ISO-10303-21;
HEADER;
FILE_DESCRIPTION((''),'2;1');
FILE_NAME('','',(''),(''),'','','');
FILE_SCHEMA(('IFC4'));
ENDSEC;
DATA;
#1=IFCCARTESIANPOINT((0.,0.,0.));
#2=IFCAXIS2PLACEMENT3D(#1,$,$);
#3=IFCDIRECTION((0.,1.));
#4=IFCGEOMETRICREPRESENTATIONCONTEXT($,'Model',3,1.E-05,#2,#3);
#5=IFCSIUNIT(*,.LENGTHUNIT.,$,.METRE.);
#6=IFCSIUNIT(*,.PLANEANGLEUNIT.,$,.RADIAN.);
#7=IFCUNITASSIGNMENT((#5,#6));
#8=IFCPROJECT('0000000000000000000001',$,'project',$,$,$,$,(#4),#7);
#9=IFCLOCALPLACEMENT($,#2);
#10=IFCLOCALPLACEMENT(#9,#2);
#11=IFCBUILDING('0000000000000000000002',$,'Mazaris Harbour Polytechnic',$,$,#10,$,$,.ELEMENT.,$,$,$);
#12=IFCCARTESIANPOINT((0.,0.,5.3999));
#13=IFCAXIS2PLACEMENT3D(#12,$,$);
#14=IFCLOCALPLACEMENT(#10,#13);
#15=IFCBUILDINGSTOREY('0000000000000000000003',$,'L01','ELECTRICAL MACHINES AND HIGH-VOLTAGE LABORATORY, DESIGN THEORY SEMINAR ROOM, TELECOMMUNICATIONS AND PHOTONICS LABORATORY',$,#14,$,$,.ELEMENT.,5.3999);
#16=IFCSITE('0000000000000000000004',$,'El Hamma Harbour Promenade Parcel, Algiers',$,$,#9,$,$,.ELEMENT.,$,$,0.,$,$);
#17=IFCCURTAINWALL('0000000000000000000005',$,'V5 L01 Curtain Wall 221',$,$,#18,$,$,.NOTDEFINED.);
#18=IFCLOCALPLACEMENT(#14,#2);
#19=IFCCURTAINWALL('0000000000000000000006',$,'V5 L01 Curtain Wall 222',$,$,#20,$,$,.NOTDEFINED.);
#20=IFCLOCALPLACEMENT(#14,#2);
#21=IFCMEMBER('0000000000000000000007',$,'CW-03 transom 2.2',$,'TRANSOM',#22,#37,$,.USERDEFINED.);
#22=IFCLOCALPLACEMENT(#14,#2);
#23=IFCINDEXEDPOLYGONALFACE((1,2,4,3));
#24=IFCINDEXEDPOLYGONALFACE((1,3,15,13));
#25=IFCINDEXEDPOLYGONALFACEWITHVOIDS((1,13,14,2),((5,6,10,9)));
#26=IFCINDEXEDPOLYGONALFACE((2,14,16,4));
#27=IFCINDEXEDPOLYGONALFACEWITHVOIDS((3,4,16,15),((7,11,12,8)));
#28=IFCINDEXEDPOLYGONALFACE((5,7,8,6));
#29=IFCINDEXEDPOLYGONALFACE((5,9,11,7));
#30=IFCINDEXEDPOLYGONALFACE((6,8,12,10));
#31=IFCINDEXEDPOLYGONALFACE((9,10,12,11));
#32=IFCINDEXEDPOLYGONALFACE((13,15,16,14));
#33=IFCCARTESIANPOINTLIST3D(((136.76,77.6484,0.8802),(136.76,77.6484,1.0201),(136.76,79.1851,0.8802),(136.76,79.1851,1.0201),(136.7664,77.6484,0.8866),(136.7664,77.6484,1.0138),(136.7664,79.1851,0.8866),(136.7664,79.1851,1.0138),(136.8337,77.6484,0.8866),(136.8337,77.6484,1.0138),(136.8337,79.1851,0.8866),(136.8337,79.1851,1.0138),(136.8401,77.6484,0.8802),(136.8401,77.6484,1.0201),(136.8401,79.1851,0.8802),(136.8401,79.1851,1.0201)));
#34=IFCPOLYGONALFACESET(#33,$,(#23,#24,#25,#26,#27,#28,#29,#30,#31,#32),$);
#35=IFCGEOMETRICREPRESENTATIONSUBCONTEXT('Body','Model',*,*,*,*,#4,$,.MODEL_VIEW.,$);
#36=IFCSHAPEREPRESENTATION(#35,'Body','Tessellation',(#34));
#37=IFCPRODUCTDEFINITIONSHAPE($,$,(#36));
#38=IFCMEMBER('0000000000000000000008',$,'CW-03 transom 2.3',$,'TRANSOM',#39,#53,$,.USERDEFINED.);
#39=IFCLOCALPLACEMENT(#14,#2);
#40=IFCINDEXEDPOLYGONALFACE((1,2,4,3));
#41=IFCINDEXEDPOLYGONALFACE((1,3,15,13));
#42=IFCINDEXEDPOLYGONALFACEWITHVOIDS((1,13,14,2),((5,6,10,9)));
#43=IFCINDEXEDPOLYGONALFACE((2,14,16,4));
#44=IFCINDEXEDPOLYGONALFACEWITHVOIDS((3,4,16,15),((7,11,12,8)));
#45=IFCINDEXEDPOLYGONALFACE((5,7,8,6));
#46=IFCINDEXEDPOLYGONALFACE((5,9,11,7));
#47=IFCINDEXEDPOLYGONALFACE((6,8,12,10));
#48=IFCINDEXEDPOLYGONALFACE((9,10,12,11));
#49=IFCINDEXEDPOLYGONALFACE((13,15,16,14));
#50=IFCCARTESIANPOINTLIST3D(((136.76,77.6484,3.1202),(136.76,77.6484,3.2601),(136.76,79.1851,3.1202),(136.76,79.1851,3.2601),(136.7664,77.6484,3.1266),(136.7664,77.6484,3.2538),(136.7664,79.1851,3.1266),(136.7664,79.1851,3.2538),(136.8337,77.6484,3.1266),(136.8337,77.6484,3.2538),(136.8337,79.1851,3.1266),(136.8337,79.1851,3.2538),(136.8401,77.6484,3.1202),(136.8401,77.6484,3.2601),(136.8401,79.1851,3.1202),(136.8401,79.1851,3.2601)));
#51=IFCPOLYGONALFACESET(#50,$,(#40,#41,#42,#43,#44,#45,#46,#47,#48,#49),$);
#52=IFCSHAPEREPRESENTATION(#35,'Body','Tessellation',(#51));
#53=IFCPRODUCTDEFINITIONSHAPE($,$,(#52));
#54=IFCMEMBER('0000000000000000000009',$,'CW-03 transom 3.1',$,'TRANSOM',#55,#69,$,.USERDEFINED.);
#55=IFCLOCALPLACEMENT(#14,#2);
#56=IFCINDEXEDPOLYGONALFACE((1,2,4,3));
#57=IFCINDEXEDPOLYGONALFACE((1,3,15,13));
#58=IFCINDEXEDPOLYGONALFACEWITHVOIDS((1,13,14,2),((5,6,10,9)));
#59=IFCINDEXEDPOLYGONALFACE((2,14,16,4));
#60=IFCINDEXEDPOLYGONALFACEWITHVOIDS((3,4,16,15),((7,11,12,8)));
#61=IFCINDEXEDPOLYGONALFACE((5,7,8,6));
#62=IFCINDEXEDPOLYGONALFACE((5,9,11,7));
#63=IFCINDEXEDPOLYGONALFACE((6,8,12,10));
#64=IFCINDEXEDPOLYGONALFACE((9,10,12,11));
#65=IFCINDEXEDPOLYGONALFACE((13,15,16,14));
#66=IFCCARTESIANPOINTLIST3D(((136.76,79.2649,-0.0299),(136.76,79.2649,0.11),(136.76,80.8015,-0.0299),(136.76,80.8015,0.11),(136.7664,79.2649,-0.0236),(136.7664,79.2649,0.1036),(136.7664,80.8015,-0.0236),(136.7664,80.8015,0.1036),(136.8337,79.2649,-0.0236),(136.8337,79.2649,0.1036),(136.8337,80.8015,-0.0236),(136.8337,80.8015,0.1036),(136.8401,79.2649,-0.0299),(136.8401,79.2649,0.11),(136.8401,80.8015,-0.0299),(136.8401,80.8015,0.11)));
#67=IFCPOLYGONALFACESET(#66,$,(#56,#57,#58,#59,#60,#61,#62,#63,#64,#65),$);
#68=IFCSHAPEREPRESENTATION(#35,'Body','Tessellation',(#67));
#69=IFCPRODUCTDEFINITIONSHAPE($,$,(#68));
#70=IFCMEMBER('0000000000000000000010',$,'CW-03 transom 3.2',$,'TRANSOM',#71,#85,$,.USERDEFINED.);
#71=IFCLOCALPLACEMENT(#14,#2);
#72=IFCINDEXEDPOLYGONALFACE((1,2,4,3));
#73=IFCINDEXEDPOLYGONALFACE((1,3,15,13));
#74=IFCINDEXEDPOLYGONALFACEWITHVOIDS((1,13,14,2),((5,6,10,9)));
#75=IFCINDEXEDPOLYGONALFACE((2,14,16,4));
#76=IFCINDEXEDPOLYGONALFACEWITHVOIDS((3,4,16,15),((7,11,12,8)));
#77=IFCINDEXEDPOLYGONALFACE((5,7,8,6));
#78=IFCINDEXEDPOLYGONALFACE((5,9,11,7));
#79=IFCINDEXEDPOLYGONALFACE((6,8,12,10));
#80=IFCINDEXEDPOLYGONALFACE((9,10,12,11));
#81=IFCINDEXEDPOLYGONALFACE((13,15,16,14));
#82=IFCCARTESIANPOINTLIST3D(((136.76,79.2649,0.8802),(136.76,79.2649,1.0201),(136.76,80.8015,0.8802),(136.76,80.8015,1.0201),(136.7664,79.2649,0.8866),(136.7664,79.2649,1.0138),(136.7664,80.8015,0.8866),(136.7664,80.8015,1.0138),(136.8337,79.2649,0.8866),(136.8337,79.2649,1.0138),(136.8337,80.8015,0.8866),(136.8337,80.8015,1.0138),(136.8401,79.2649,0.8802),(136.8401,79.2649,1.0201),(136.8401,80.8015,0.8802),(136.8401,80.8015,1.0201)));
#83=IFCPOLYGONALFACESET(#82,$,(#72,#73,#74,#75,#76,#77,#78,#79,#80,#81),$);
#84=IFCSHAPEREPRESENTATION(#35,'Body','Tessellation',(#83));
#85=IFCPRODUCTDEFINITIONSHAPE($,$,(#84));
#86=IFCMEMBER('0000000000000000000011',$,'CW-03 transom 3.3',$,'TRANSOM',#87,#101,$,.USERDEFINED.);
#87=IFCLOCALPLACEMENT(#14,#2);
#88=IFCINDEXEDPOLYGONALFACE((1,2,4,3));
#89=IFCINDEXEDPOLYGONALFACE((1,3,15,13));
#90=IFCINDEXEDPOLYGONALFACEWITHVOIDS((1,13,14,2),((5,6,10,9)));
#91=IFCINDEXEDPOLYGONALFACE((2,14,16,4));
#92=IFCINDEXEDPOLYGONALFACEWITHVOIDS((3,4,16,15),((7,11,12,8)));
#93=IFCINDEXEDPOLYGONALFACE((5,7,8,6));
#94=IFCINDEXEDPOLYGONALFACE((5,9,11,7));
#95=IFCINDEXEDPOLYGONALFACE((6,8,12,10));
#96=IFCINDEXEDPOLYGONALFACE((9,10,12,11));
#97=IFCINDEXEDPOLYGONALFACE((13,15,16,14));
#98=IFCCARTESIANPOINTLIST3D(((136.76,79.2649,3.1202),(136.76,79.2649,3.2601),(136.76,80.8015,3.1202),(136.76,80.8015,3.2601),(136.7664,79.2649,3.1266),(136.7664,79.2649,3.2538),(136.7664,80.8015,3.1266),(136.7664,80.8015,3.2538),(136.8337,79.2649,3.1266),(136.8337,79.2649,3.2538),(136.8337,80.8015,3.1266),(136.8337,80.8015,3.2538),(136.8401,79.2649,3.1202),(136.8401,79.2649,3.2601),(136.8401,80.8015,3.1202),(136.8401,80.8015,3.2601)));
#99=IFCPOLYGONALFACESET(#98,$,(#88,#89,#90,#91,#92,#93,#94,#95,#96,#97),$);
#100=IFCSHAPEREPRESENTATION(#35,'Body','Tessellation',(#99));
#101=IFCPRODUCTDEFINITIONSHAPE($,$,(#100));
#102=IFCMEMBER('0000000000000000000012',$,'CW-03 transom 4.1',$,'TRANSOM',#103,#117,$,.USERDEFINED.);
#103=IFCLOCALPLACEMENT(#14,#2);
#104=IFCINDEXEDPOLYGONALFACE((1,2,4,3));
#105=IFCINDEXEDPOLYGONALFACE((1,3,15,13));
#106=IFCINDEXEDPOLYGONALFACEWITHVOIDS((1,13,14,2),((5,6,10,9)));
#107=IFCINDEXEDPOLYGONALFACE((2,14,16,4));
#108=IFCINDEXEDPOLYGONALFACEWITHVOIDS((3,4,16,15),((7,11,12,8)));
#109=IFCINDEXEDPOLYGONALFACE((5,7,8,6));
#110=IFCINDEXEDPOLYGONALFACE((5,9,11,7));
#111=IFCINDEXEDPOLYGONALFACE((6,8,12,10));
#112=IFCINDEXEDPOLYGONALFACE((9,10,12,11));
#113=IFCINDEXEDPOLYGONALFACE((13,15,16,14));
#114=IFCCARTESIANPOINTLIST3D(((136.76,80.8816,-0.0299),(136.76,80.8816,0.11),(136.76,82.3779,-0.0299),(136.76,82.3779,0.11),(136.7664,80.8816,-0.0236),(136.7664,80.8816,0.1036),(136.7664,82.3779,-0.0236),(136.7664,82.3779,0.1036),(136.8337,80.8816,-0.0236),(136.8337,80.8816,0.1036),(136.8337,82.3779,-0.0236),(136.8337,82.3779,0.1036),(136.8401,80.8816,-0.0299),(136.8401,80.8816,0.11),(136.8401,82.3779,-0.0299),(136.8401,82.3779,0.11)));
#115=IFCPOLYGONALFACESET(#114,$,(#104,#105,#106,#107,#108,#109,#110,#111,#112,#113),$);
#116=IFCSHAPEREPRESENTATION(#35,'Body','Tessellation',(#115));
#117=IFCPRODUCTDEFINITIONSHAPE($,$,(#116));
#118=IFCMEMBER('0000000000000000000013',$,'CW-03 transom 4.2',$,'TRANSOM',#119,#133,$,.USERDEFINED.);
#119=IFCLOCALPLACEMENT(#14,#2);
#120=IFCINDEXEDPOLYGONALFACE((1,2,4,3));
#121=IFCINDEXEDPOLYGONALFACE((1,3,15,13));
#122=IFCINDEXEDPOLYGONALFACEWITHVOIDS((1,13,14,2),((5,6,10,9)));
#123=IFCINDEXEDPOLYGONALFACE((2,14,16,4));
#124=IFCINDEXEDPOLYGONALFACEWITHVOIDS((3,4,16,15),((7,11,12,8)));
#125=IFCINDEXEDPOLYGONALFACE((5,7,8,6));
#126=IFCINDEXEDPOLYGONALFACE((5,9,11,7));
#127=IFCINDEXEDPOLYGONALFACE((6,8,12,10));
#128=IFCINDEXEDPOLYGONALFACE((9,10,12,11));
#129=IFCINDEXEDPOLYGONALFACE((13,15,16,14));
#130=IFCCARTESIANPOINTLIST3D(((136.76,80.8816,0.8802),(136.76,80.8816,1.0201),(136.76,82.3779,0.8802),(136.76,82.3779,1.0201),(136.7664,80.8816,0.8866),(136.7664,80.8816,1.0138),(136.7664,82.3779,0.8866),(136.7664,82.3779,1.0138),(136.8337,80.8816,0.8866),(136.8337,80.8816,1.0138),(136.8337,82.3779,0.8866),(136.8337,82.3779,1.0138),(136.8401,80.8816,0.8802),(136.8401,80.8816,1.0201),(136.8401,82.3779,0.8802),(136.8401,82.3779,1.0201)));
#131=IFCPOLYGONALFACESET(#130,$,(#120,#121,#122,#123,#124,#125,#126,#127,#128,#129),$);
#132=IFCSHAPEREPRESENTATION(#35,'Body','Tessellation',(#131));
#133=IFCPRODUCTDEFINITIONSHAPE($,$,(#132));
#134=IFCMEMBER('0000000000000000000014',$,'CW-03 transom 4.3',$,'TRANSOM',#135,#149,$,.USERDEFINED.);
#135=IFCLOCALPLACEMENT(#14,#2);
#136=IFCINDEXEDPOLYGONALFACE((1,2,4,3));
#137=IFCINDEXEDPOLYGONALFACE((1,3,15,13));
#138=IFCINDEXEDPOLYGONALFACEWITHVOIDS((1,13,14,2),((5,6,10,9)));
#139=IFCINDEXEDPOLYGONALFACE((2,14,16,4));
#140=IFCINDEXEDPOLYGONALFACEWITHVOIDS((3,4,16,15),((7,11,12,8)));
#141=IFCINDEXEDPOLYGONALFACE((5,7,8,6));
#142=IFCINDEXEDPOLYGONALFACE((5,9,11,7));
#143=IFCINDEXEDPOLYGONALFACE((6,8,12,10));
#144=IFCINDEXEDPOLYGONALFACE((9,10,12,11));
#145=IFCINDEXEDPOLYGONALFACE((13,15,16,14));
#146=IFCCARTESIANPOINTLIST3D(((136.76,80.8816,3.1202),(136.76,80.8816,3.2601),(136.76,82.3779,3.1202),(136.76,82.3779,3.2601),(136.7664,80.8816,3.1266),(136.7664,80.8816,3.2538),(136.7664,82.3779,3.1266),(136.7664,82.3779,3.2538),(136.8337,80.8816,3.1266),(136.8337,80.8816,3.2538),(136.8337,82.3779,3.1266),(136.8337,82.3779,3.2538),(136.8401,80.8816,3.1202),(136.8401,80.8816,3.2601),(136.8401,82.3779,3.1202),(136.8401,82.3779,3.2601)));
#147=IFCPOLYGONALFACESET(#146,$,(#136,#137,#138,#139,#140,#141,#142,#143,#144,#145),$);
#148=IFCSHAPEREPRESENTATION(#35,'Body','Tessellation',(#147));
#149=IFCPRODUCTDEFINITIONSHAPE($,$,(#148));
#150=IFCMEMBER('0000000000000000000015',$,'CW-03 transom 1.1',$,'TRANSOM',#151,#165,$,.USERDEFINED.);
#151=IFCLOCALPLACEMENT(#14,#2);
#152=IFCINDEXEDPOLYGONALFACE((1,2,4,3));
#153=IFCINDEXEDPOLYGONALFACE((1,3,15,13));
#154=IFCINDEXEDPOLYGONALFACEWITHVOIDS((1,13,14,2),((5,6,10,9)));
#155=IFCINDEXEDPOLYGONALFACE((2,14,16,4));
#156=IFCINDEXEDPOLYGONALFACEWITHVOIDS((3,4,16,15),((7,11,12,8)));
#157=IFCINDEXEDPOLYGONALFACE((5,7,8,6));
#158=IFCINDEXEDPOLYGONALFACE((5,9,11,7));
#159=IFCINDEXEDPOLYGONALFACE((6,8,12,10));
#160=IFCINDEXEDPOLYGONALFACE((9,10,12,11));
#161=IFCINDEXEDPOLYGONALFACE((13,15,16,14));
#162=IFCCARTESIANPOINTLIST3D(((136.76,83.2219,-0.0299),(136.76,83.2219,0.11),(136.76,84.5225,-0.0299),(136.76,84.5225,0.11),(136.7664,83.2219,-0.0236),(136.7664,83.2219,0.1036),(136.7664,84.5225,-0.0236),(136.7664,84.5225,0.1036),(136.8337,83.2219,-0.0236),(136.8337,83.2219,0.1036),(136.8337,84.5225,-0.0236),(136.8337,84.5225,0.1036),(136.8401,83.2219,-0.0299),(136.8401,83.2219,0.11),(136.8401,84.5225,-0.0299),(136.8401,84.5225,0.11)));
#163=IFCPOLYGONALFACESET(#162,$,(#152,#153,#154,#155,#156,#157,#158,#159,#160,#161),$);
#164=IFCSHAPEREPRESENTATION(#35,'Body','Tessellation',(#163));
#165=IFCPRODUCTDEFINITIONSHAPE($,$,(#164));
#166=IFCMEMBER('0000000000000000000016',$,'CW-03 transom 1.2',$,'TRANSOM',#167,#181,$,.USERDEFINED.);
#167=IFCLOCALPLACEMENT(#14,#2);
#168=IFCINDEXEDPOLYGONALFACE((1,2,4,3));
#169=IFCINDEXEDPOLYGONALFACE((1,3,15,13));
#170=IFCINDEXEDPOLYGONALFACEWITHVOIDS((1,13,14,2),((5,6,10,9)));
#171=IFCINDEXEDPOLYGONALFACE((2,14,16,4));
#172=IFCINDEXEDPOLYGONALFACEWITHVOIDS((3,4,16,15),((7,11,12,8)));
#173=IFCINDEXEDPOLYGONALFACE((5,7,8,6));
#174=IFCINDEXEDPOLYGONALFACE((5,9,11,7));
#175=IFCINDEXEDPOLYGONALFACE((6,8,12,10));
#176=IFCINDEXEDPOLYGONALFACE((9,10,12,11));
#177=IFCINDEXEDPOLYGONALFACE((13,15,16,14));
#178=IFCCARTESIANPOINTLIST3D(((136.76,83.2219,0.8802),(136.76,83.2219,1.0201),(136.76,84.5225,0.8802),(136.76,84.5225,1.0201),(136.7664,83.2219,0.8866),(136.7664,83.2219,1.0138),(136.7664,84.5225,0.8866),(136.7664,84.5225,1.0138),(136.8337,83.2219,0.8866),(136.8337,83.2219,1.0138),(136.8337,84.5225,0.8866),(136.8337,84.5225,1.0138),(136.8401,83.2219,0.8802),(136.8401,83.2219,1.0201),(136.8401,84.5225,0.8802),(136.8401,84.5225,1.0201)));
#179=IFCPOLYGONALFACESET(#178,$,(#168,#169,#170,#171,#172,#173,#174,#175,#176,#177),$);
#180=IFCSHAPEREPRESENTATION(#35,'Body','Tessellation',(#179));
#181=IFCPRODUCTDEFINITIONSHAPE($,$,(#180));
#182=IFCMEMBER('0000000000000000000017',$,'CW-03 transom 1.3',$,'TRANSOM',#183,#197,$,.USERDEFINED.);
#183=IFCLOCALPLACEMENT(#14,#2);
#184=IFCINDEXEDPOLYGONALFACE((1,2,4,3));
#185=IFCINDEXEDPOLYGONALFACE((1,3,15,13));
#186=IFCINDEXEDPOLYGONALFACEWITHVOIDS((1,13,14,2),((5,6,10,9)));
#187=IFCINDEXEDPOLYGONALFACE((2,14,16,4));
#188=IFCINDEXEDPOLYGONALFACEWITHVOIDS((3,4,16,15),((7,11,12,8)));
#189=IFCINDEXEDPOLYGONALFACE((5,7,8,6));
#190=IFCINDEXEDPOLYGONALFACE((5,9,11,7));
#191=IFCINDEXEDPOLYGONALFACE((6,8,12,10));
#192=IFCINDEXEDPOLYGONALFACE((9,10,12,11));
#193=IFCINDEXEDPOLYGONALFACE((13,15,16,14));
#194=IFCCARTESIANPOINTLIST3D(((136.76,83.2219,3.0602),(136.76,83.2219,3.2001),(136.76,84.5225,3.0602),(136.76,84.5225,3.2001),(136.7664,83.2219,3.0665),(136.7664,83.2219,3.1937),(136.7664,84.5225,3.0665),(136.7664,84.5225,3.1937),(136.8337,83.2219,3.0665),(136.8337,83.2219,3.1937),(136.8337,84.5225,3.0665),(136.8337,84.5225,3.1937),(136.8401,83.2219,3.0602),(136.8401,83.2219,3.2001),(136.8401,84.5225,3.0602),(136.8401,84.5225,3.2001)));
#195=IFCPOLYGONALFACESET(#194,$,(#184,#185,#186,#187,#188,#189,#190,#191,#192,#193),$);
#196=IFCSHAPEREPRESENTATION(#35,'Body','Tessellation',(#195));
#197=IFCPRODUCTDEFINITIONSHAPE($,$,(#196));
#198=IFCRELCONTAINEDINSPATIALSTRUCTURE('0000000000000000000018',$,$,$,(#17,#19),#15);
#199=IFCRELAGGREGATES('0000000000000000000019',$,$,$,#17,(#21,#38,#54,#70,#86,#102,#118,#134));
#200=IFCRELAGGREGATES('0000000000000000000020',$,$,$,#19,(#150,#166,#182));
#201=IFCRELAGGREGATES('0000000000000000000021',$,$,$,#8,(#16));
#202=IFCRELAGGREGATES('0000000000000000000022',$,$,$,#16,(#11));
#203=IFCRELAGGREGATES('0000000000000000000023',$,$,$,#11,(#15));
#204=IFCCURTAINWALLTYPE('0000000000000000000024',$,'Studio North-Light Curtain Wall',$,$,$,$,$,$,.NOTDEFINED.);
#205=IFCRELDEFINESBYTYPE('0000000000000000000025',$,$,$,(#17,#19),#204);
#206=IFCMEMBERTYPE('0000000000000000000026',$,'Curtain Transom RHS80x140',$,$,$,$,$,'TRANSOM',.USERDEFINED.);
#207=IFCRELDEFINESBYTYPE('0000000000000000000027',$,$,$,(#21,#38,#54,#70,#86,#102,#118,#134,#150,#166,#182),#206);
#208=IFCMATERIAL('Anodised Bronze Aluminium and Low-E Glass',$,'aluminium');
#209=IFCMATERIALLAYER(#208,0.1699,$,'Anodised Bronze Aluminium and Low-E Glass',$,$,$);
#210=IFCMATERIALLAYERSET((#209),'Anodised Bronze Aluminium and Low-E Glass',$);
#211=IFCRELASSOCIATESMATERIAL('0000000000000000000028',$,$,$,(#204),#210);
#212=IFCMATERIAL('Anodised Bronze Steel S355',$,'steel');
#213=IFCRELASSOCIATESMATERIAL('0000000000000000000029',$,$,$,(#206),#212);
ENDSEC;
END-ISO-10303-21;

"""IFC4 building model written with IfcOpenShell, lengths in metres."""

from ifc_helpers import new_model, si_unit, direction, frame, origin, origin_2d, place, context, subcontext, project, spatial, hollow_rectangle, extrude, material, layer, layer_set, material_profile, profile_set, type_object, element, aggregate, save


model = new_model("IFC4")

# Units and contexts
model_context = context("Model", 3, precision=1e-05, world=origin(), true_north=direction((0.0, 1.0)))
body_context = subcontext(model_context, "Body", "Model", "MODEL_VIEW")
ifc_project = project(units=[si_unit("LENGTHUNIT", "METRE"), si_unit("PLANEANGLEUNIT", "RADIAN")], contexts=[model_context])

# Site, building, storey
site_placement = place(None, origin())
site = spatial("IfcSite", under=ifc_project, at=site_placement, Name="El Hamma Harbour Promenade Parcel, Algiers", CompositionType="ELEMENT", RefElevation=0.0)
building_placement = place(site_placement, origin())
building = spatial("IfcBuilding", under=site, at=building_placement, Name="Mazaris Harbour Polytechnic", CompositionType="ELEMENT")
storey_placement = place(building_placement, frame((0.0, 0.0, 5.3999)))
storey = spatial("IfcBuildingStorey", under=building, at=storey_placement, Name="L01", Description="ELECTRICAL MACHINES AND HIGH-VOLTAGE LABORATORY, DESIGN THEORY SEMINAR ROOM, TELECOMMUNICATIONS AND PHOTONICS LABORATORY", CompositionType="ELEMENT", Elevation=5.3999)

# Curtain walls
ifc_material_1 = material(Name="Anodised Bronze Aluminium and Low-E Glass", Category="aluminium")
ifc_layer_1 = layer(ifc_material_1, 0.1699, Name="Anodised Bronze Aluminium and Low-E Glass")
ifc_layer_set_1 = layer_set([ifc_layer_1], Name="Anodised Bronze Aluminium and Low-E Glass")
curtain_wall_type = type_object("IfcCurtainWallType", Name="Studio North-Light Curtain Wall", PredefinedType="NOTDEFINED", material=ifc_layer_set_1)
curtain_wall_1_placement = place(storey_placement, origin())
curtain_wall_1 = element("IfcCurtainWall", 1, at=curtain_wall_1_placement, inside=storey, type_object=curtain_wall_type, Name="V5 L01 Curtain Wall 221", PredefinedType="NOTDEFINED")
curtain_wall_2_placement = place(storey_placement, origin())
curtain_wall_2 = element("IfcCurtainWall", 2, at=curtain_wall_2_placement, inside=storey, type_object=curtain_wall_type, Name="V5 L01 Curtain Wall 222", PredefinedType="NOTDEFINED")

# Members
ifc_material_2 = material(Name="Anodised Bronze Steel S355", Category="steel")
ifc_material_profile_1 = material_profile(ifc_material_2, hollow_rectangle(XDim=0.0801, YDim=0.1399, WallThickness=0.0063, at=origin_2d()), Name="RHS 80x140x6.3")
ifc_profile_set_1 = profile_set([ifc_material_profile_1], Name="Anodised Bronze Steel S355")
member_type_1 = type_object("IfcMemberType", Name="Curtain Transom RHS80x140", ElementType="TRANSOM", PredefinedType="USERDEFINED", material=ifc_profile_set_1)
member_1_placement = place(storey_placement, frame((136.8, 77.6484, 0.9502), z_axis=(0.0, 1.0, 0.0), x_axis=(-1.0, 0.0, 0.0)))
member_1 = element("IfcMember", 3, at=member_1_placement, type_object=member_type_1, Name="CW-03 transom 2.2", ObjectType="TRANSOM", PredefinedType="USERDEFINED", context=body_context, shape_type="SweptSolid", body=[
    extrude(hollow_rectangle(XDim=0.0801, YDim=0.1399, WallThickness=0.0063, at=origin_2d()), origin(), (0.0, 0.0, 1.0), 1.5366),
])
member_2_placement = place(storey_placement, frame((136.8, 77.6484, 3.1902), z_axis=(0.0, 1.0, 0.0), x_axis=(-1.0, 0.0, 0.0)))
member_2 = element("IfcMember", 4, at=member_2_placement, type_object=member_type_1, Name="CW-03 transom 2.3", ObjectType="TRANSOM", PredefinedType="USERDEFINED", context=body_context, shape_type="SweptSolid", body=[
    extrude(hollow_rectangle(XDim=0.0801, YDim=0.1399, WallThickness=0.0063, at=origin_2d()), origin(), (0.0, 0.0, 1.0), 1.5366),
])
member_3_placement = place(storey_placement, frame((136.8, 79.2649, 0.04), z_axis=(0.0, 1.0, 0.0), x_axis=(-1.0, 0.0, 0.0)))
member_3 = element("IfcMember", 5, at=member_3_placement, type_object=member_type_1, Name="CW-03 transom 3.1", ObjectType="TRANSOM", PredefinedType="USERDEFINED", context=body_context, shape_type="SweptSolid", body=[
    extrude(hollow_rectangle(XDim=0.0801, YDim=0.1399, WallThickness=0.0063, at=origin_2d()), origin(), (0.0, 0.0, 1.0), 1.5366),
])
member_4_placement = place(storey_placement, frame((136.8, 79.2649, 0.9502), z_axis=(0.0, 1.0, 0.0), x_axis=(-1.0, 0.0, 0.0)))
member_4 = element("IfcMember", 6, at=member_4_placement, type_object=member_type_1, Name="CW-03 transom 3.2", ObjectType="TRANSOM", PredefinedType="USERDEFINED", context=body_context, shape_type="SweptSolid", body=[
    extrude(hollow_rectangle(XDim=0.0801, YDim=0.1399, WallThickness=0.0063, at=origin_2d()), origin(), (0.0, 0.0, 1.0), 1.5366),
])
member_5_placement = place(storey_placement, frame((136.8, 79.2649, 3.1902), z_axis=(0.0, 1.0, 0.0), x_axis=(-1.0, 0.0, 0.0)))
member_5 = element("IfcMember", 7, at=member_5_placement, type_object=member_type_1, Name="CW-03 transom 3.3", ObjectType="TRANSOM", PredefinedType="USERDEFINED", context=body_context, shape_type="SweptSolid", body=[
    extrude(hollow_rectangle(XDim=0.0801, YDim=0.1399, WallThickness=0.0063, at=origin_2d()), origin(), (0.0, 0.0, 1.0), 1.5366),
])
member_6_placement = place(storey_placement, frame((136.8, 80.8816, 0.04), z_axis=(0.0, 1.0, 0.0), x_axis=(-1.0, 0.0, 0.0)))
member_6 = element("IfcMember", 8, at=member_6_placement, type_object=member_type_1, Name="CW-03 transom 4.1", ObjectType="TRANSOM", PredefinedType="USERDEFINED", context=body_context, shape_type="SweptSolid", body=[
    extrude(hollow_rectangle(XDim=0.0801, YDim=0.1399, WallThickness=0.0063, at=origin_2d()), origin(), (0.0, 0.0, 1.0), 1.4963),
])
member_7_placement = place(storey_placement, frame((136.8, 80.8816, 0.9502), z_axis=(0.0, 1.0, 0.0), x_axis=(-1.0, 0.0, 0.0)))
member_7 = element("IfcMember", 9, at=member_7_placement, type_object=member_type_1, Name="CW-03 transom 4.2", ObjectType="TRANSOM", PredefinedType="USERDEFINED", context=body_context, shape_type="SweptSolid", body=[
    extrude(hollow_rectangle(XDim=0.0801, YDim=0.1399, WallThickness=0.0063, at=origin_2d()), origin(), (0.0, 0.0, 1.0), 1.4963),
])
member_8_placement = place(storey_placement, frame((136.8, 80.8816, 3.1902), z_axis=(0.0, 1.0, 0.0), x_axis=(-1.0, 0.0, 0.0)))
member_8 = element("IfcMember", 10, at=member_8_placement, type_object=member_type_1, Name="CW-03 transom 4.3", ObjectType="TRANSOM", PredefinedType="USERDEFINED", context=body_context, shape_type="SweptSolid", body=[
    extrude(hollow_rectangle(XDim=0.0801, YDim=0.1399, WallThickness=0.0063, at=origin_2d()), origin(), (0.0, 0.0, 1.0), 1.4963),
])
member_9_placement = place(storey_placement, frame((136.8, 83.2219, 0.04), z_axis=(0.0, 1.0, 0.0), x_axis=(-1.0, 0.0, 0.0)))
member_9 = element("IfcMember", 11, at=member_9_placement, type_object=member_type_1, Name="CW-03 transom 1.1", ObjectType="TRANSOM", PredefinedType="USERDEFINED", context=body_context, shape_type="SweptSolid", body=[
    extrude(hollow_rectangle(XDim=0.0801, YDim=0.1399, WallThickness=0.0063, at=origin_2d()), origin(), (0.0, 0.0, 1.0), 1.3005),
])
member_10_placement = place(storey_placement, frame((136.8, 83.2219, 0.9502), z_axis=(0.0, 1.0, 0.0), x_axis=(-1.0, 0.0, 0.0)))
member_10 = element("IfcMember", 12, at=member_10_placement, type_object=member_type_1, Name="CW-03 transom 1.2", ObjectType="TRANSOM", PredefinedType="USERDEFINED", context=body_context, shape_type="SweptSolid", body=[
    extrude(hollow_rectangle(XDim=0.0801, YDim=0.1399, WallThickness=0.0063, at=origin_2d()), origin(), (0.0, 0.0, 1.0), 1.3005),
])
member_11_placement = place(storey_placement, frame((136.8, 83.2219, 3.1301), z_axis=(0.0, 1.0, 0.0), x_axis=(-1.0, 0.0, 0.0)))
member_11 = element("IfcMember", 13, at=member_11_placement, type_object=member_type_1, Name="CW-03 transom 1.3", ObjectType="TRANSOM", PredefinedType="USERDEFINED", context=body_context, shape_type="SweptSolid", body=[
    extrude(hollow_rectangle(XDim=0.0801, YDim=0.1399, WallThickness=0.0063, at=origin_2d()), origin(), (0.0, 0.0, 1.0), 1.3005),
])

aggregate(curtain_wall_1, [member_1, member_2, member_3, member_4, member_5, member_6, member_7, member_8])
aggregate(curtain_wall_2, [member_9, member_10, member_11])

save(model, "model.ifc")
